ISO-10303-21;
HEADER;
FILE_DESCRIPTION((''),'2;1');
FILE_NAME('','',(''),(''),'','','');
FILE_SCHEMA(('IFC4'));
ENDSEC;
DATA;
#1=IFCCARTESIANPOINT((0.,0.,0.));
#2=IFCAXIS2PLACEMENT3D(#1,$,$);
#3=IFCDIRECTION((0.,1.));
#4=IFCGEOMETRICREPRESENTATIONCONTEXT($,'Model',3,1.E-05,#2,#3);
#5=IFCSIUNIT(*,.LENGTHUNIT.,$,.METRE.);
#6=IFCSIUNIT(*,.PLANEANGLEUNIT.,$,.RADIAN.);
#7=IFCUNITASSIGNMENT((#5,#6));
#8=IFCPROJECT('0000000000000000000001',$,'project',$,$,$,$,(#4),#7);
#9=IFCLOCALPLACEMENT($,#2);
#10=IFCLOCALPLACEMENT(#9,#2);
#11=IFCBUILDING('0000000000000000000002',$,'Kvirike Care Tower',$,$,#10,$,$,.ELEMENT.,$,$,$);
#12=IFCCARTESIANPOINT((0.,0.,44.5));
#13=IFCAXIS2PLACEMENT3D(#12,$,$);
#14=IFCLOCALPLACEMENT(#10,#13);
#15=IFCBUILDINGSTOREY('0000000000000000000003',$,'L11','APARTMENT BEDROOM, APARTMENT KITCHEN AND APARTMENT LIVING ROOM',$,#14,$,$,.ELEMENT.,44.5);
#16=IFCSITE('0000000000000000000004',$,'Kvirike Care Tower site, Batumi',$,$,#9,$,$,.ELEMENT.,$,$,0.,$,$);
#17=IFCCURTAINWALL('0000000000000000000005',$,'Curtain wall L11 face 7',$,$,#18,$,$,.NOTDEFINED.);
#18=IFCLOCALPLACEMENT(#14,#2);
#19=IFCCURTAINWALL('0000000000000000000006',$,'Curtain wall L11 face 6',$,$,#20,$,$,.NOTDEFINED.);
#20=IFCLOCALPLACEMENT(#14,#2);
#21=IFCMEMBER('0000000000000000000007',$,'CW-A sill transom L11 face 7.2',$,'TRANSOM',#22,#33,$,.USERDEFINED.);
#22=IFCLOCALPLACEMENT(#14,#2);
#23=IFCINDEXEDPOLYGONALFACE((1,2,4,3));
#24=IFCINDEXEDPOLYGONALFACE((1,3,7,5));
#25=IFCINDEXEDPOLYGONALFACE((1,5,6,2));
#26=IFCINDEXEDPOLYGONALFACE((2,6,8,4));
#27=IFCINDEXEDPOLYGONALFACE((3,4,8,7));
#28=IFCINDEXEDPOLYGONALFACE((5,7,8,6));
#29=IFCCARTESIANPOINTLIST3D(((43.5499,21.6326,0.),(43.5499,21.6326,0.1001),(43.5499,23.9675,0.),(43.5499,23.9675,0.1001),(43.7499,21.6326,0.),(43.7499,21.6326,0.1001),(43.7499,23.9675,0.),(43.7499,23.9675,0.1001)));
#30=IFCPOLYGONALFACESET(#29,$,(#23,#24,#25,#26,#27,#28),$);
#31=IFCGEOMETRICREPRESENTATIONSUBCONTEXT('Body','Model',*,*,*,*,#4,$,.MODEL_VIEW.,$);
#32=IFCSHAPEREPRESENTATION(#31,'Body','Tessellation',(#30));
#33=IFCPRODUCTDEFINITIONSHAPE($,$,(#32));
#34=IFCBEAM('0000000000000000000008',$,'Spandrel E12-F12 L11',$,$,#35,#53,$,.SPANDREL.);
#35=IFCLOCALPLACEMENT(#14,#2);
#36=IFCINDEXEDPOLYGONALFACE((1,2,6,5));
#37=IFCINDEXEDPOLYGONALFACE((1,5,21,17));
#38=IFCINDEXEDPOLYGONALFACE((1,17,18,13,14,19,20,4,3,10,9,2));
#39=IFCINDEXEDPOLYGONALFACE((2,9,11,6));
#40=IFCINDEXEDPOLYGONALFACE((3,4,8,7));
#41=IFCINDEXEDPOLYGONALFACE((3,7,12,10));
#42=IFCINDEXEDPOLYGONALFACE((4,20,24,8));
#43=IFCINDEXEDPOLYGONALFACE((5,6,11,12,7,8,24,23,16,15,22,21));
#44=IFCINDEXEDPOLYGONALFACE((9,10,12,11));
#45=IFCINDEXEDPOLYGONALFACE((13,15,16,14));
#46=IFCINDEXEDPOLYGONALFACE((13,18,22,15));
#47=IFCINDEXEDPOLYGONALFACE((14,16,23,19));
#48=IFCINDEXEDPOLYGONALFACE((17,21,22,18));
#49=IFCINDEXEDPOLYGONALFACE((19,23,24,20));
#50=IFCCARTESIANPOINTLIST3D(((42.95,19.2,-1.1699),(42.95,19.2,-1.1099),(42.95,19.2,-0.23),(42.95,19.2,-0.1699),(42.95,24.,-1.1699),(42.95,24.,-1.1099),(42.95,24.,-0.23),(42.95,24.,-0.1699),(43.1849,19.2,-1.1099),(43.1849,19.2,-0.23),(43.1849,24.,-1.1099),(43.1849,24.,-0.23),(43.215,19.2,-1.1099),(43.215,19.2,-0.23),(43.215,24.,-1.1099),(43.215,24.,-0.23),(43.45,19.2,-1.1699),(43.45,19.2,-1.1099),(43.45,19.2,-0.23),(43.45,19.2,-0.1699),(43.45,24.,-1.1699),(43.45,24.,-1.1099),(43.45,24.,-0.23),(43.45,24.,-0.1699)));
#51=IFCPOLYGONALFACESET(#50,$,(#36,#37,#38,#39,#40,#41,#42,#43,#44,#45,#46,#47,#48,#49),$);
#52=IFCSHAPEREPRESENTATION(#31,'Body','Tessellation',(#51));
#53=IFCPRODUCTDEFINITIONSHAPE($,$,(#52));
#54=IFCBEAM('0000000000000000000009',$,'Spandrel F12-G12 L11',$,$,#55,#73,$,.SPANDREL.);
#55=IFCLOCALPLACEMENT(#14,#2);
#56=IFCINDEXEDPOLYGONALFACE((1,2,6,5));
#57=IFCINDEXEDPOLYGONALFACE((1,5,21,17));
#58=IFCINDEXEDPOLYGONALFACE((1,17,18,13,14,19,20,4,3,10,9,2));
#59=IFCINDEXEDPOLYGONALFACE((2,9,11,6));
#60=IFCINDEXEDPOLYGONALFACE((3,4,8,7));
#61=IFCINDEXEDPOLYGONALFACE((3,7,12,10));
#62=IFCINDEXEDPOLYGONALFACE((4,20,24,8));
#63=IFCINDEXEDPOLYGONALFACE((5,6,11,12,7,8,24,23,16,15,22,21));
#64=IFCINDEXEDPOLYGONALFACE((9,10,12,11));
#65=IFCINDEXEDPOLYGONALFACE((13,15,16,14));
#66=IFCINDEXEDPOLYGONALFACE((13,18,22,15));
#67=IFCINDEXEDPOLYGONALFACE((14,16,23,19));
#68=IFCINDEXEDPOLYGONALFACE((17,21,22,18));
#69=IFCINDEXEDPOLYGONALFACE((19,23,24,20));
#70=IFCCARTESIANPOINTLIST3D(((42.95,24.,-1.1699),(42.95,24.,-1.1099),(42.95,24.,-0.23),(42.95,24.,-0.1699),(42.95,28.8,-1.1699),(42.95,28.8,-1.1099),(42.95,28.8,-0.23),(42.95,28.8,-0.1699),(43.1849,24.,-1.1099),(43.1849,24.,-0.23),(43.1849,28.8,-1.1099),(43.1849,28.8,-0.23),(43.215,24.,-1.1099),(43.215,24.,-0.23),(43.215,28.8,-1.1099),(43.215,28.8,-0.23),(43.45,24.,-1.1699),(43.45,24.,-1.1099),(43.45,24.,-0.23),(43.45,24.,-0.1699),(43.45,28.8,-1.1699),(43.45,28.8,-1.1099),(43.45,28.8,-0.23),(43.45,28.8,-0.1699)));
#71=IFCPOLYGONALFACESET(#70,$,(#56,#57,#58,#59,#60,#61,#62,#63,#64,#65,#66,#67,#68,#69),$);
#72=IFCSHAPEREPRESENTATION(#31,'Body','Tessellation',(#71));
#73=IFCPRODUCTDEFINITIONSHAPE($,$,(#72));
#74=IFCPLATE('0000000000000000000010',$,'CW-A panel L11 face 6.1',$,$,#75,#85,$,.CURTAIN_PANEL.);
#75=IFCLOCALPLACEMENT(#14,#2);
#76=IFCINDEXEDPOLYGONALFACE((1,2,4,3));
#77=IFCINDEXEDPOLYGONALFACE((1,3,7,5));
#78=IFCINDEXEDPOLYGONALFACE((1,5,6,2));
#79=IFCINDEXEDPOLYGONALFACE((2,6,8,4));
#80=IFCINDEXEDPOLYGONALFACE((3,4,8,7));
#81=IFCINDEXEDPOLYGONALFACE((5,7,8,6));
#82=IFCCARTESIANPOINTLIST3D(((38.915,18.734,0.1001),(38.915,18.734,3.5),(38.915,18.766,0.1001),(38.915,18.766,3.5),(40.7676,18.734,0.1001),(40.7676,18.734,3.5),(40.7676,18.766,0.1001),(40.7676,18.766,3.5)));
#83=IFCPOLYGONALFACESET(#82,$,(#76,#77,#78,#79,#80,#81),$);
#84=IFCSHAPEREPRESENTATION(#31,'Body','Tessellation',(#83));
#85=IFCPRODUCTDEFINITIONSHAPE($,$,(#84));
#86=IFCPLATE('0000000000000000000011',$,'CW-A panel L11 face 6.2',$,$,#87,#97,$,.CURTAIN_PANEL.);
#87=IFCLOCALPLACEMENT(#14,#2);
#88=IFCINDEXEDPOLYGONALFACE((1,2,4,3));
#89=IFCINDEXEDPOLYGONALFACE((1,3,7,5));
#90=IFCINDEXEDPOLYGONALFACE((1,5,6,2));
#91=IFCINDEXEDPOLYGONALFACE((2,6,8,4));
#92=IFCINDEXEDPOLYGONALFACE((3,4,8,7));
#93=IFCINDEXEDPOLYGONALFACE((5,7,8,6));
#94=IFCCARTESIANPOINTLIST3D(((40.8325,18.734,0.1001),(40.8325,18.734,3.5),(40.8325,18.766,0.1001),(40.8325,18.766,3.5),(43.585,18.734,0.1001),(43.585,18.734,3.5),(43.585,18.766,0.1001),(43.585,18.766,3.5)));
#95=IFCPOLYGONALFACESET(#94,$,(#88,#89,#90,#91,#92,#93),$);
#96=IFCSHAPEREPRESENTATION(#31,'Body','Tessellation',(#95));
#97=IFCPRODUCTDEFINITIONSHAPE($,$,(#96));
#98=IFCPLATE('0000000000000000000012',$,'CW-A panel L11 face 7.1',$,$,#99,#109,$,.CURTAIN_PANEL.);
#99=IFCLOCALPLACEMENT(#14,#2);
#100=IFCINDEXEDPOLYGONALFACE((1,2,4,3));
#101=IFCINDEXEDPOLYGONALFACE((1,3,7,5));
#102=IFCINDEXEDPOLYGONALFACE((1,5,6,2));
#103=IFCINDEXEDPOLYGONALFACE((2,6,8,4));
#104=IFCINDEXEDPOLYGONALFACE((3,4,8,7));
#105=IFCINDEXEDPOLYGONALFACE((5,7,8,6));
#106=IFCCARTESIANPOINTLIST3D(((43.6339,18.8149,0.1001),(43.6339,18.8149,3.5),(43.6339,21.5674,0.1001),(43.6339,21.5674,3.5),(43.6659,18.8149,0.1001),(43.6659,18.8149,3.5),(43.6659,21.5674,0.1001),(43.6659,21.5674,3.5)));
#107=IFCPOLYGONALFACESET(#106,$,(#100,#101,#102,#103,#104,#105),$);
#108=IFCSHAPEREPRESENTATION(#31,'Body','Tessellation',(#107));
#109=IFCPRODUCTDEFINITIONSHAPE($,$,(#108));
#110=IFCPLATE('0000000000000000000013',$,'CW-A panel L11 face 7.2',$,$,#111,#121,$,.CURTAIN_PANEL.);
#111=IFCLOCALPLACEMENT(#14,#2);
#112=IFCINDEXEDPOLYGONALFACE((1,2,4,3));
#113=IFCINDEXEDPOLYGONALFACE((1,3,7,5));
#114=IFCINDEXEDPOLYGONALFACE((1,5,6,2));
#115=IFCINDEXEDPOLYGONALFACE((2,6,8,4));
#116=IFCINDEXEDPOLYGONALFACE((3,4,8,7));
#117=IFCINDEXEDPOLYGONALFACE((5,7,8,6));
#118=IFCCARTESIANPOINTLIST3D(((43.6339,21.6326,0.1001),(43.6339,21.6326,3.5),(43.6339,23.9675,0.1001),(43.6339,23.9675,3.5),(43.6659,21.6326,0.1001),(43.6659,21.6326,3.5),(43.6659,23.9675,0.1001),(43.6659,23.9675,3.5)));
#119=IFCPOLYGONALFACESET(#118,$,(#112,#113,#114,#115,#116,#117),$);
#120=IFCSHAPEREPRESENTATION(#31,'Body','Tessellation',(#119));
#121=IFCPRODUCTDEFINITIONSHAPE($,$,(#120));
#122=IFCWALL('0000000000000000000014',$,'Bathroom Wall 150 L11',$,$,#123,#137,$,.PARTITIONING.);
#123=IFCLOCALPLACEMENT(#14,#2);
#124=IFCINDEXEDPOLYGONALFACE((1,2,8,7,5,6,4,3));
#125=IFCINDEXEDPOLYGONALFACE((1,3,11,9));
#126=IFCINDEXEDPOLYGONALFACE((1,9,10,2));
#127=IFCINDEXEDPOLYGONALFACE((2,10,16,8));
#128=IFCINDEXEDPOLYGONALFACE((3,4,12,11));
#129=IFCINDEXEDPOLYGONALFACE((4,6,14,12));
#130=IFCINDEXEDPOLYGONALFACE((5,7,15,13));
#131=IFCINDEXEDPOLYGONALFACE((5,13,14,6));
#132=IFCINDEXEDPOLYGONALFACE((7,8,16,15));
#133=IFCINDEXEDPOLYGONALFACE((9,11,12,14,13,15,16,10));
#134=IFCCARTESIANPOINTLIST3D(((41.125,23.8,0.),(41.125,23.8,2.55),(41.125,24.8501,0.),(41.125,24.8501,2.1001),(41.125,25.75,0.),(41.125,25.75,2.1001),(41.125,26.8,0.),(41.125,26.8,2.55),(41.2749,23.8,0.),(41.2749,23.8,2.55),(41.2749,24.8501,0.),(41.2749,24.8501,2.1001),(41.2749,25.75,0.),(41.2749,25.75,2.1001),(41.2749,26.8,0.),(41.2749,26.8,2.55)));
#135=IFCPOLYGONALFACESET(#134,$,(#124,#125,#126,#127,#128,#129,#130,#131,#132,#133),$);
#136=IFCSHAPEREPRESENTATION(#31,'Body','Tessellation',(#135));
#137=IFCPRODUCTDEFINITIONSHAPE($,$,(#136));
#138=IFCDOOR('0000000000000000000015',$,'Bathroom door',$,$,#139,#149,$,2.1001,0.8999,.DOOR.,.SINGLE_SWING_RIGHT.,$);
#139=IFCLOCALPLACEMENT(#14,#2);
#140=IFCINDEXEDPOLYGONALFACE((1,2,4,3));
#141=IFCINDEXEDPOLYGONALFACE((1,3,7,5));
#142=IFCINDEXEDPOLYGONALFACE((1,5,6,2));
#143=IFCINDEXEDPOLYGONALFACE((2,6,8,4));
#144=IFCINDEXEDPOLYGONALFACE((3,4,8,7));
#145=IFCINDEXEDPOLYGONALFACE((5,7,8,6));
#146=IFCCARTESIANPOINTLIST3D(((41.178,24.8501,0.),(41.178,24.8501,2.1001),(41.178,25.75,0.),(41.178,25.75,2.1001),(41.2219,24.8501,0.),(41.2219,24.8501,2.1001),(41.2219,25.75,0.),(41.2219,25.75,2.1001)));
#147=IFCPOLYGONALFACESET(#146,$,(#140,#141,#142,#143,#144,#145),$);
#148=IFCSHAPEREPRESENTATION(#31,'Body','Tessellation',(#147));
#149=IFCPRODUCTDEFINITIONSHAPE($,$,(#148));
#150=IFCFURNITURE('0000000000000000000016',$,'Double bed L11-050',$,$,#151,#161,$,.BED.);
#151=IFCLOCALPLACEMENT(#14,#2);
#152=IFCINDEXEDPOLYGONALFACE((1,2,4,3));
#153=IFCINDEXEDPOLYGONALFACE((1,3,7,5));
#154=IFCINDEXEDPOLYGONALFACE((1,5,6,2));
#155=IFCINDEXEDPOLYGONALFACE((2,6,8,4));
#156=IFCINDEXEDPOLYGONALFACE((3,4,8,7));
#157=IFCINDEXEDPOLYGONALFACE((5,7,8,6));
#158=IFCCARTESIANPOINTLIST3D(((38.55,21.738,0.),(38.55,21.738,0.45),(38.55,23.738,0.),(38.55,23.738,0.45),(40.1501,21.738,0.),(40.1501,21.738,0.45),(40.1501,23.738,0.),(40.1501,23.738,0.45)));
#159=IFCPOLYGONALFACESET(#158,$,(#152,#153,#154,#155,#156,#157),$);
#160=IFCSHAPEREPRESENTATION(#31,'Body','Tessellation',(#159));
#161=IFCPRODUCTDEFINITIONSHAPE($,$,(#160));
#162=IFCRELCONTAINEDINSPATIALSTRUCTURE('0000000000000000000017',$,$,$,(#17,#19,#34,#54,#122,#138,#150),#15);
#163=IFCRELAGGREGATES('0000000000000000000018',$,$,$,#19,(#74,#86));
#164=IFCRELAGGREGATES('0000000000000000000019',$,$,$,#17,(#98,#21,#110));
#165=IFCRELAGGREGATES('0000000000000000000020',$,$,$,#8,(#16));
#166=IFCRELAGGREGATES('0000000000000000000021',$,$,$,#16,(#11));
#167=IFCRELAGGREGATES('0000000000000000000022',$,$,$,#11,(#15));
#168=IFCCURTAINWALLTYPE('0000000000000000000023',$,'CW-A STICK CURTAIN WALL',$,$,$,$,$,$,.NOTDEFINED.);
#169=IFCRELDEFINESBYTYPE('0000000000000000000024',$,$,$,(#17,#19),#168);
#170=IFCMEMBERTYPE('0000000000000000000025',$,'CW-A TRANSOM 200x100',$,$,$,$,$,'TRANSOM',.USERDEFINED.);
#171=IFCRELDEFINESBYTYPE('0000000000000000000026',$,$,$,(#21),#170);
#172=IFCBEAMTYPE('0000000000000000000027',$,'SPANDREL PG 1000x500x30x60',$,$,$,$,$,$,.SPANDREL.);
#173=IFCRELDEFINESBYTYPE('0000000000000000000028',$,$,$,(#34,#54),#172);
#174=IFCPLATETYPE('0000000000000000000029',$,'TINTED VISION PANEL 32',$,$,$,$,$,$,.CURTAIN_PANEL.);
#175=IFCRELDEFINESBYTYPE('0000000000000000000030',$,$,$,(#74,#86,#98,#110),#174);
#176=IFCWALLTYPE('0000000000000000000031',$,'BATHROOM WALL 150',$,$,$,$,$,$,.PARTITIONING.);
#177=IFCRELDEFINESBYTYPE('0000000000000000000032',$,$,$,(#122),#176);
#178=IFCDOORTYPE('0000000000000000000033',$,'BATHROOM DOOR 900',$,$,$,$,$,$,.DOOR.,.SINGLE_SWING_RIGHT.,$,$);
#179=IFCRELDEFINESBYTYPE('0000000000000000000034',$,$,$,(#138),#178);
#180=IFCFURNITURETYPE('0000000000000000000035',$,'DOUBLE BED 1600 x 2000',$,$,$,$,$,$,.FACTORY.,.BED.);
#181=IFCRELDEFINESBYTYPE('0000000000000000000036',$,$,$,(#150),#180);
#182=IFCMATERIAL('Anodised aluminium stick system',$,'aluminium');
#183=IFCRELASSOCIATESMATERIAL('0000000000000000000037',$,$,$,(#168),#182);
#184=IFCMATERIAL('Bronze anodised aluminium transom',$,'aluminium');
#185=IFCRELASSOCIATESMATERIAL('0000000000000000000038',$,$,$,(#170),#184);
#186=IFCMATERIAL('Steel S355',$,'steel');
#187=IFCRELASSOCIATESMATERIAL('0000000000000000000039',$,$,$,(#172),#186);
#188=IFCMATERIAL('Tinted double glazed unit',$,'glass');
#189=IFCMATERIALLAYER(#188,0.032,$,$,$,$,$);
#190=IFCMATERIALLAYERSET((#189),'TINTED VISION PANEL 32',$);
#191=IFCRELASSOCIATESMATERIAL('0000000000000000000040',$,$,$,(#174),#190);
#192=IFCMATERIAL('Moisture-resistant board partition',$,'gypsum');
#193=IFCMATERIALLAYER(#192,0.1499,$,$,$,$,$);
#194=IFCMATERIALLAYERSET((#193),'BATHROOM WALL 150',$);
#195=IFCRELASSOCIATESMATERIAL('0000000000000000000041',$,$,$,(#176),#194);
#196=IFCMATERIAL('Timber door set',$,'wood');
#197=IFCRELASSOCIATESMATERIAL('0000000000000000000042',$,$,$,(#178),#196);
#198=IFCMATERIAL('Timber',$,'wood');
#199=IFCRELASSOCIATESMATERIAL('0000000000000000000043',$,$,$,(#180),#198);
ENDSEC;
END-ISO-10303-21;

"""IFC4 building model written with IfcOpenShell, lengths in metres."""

from ifc_helpers import new_model, si_unit, direction, frame, frame_2d, origin, origin_2d, place, context, subcontext, project, spatial, rectangle, i_section, extrude, material, layer, layer_set, material_profile, profile_set, type_object, element, fill, aggregate, save


model = new_model("IFC4")

# Units and contexts
model_context = context("Model", 3, precision=1e-05, world=origin(), true_north=direction((0.0, 1.0)))
body_context = subcontext(model_context, "Body", "Model", "MODEL_VIEW")
ifc_project = project(units=[si_unit("LENGTHUNIT", "METRE"), si_unit("PLANEANGLEUNIT", "RADIAN")], contexts=[model_context])

# Site, building, storey
site_placement = place(None, origin())
site = spatial("IfcSite", under=ifc_project, at=site_placement, Name="Kvirike Care Tower site, Batumi", CompositionType="ELEMENT", RefElevation=0.0)
building_placement = place(site_placement, origin())
building = spatial("IfcBuilding", under=site, at=building_placement, Name="Kvirike Care Tower", CompositionType="ELEMENT")
storey_placement = place(building_placement, frame((0.0, 0.0, 44.5)))
storey = spatial("IfcBuildingStorey", under=building, at=storey_placement, Name="L11", Description="APARTMENT BEDROOM, APARTMENT KITCHEN AND APARTMENT LIVING ROOM", CompositionType="ELEMENT", Elevation=44.5)

# Curtain wall
ifc_material_1 = material(Name="Anodised aluminium stick system", Category="aluminium")
curtain_wall_type = type_object("IfcCurtainWallType", Name="CW-A STICK CURTAIN WALL", PredefinedType="NOTDEFINED", material=ifc_material_1)
curtain_wall_1_placement = place(storey_placement, origin())
curtain_wall_1 = element("IfcCurtainWall", 1, at=curtain_wall_1_placement, inside=storey, type_object=curtain_wall_type, Name="Curtain wall L11 face 7", PredefinedType="NOTDEFINED")

# Curtain wall
curtain_wall_2_placement = place(storey_placement, origin())
curtain_wall_2 = element("IfcCurtainWall", 2, at=curtain_wall_2_placement, inside=storey, type_object=curtain_wall_type, Name="Curtain wall L11 face 6", PredefinedType="NOTDEFINED")

# Member
ifc_material_2 = material(Name="Bronze anodised aluminium transom", Category="aluminium")
ifc_material_profile_1 = material_profile(ifc_material_2, rectangle(XDim=0.2, YDim=0.1001, at=origin_2d()), Name="CW-A TRANSOM 200x100")
ifc_profile_set_1 = profile_set([ifc_material_profile_1], Name="Bronze anodised aluminium transom")
member_type_1 = type_object("IfcMemberType", Name="CW-A TRANSOM 200x100", ElementType="TRANSOM", PredefinedType="USERDEFINED", material=ifc_profile_set_1)
member_1_placement = place(storey_placement, frame((43.6499, 21.6326, 0.05), z_axis=(0.0, 1.0, 0.0), x_axis=(-1.0, 0.0, 0.0)))
member_1 = element("IfcMember", 3, at=member_1_placement, type_object=member_type_1, Name="CW-A sill transom L11 face 7.2", ObjectType="TRANSOM", PredefinedType="USERDEFINED", context=body_context, shape_type="SweptSolid", body=[
    extrude(rectangle(XDim=0.2, YDim=0.1001, at=origin_2d()), origin(), (0.0, 0.0, 1.0), 2.335),
])

# Beams
ifc_material_3 = material(Name="Steel S355", Category="steel")
ifc_material_profile_2 = material_profile(ifc_material_3, i_section(OverallWidth=0.5, OverallDepth=1.0, WebThickness=0.03, FlangeThickness=0.0601, at=origin_2d()), Name="PG 1000x500x30x60")
ifc_profile_set_2 = profile_set([ifc_material_profile_2], Name="Steel S355")
beam_type = type_object("IfcBeamType", Name="SPANDREL PG 1000x500x30x60", PredefinedType="SPANDREL", material=ifc_profile_set_2)
for number, where, z_axis, x_axis, name in (
    (4, (43.2, 19.2, -0.6699), (0.0, 1.0, 0.0), (-1.0, 0.0, 0.0), "Spandrel E12-F12 L11"),
    (5, (43.2, 24.0, -0.6699), (0.0, 1.0, 0.0), (-1.0, 0.0, 0.0), "Spandrel F12-G12 L11"),
):
    element("IfcBeam", number, at=place(storey_placement, frame(where, z_axis=z_axis, x_axis=x_axis)), inside=storey, type_object=beam_type, Name=name, PredefinedType="SPANDREL", context=body_context, shape_type="SweptSolid", body=[
        extrude(i_section(OverallWidth=0.5, OverallDepth=1.0, WebThickness=0.03, FlangeThickness=0.0601, at=origin_2d()), origin(), (0.0, 0.0, 1.0), 4.8),
    ])

# Plates
ifc_material_4 = material(Name="Tinted double glazed unit", Category="glass")
ifc_layer_1 = layer(ifc_material_4, 0.032)
ifc_layer_set_1 = layer_set([ifc_layer_1], Name="TINTED VISION PANEL 32")
plate_type = type_object("IfcPlateType", Name="TINTED VISION PANEL 32", PredefinedType="CURTAIN_PANEL", material=ifc_layer_set_1)
plate_1_placement = place(storey_placement, frame((39.8413, 18.75, 0.1001), z_axis=(0.0, 0.0, 1.0), x_axis=(1.0, 0.0, 0.0)))
plate_1 = element("IfcPlate", 6, at=plate_1_placement, type_object=plate_type, Name="CW-A panel L11 face 6.1", PredefinedType="CURTAIN_PANEL", context=body_context, shape_type="SweptSolid", body=[
    extrude(rectangle(XDim=1.8525, YDim=0.032, at=origin_2d()), origin(), (0.0, 0.0, 1.0), 3.3999),
])
plate_2_placement = place(storey_placement, frame((42.2087, 18.75, 0.1001), z_axis=(0.0, 0.0, 1.0), x_axis=(1.0, 0.0, 0.0)))
plate_2 = element("IfcPlate", 7, at=plate_2_placement, type_object=plate_type, Name="CW-A panel L11 face 6.2", PredefinedType="CURTAIN_PANEL", context=body_context, shape_type="SweptSolid", body=[
    extrude(rectangle(XDim=2.7524, YDim=0.032, at=origin_2d()), origin(), (0.0, 0.0, 1.0), 3.3999),
])
aggregate(curtain_wall_2, [plate_1, plate_2])
plate_3_placement = place(storey_placement, frame((43.6499, 20.1912, 0.1001), z_axis=(0.0, 0.0, 1.0), x_axis=(0.0, 1.0, 0.0)))
plate_3 = element("IfcPlate", 8, at=plate_3_placement, type_object=plate_type, Name="CW-A panel L11 face 7.1", PredefinedType="CURTAIN_PANEL", context=body_context, shape_type="SweptSolid", body=[
    extrude(rectangle(XDim=2.7524, YDim=0.032, at=origin_2d()), origin(), (0.0, 0.0, 1.0), 3.3999),
])
plate_4_placement = place(storey_placement, frame((43.6499, 22.8, 0.1001), z_axis=(0.0, 0.0, 1.0), x_axis=(0.0, 1.0, 0.0)))
plate_4 = element("IfcPlate", 9, at=plate_4_placement, type_object=plate_type, Name="CW-A panel L11 face 7.2", PredefinedType="CURTAIN_PANEL", context=body_context, shape_type="SweptSolid", body=[
    extrude(rectangle(XDim=2.335, YDim=0.032, at=origin_2d()), origin(), (0.0, 0.0, 1.0), 3.3999),
])
aggregate(curtain_wall_1, [plate_3, member_1, plate_4])

# Wall, opening, door
ifc_material_5 = material(Name="Moisture-resistant board partition", Category="gypsum")
ifc_layer_2 = layer(ifc_material_5, 0.1499)
ifc_layer_set_2 = layer_set([ifc_layer_2], Name="BATHROOM WALL 150")
wall_type = type_object("IfcWallType", Name="BATHROOM WALL 150", PredefinedType="PARTITIONING", material=ifc_layer_set_2)
wall_placement = place(storey_placement, frame((41.2, 23.8, 0.0), z_axis=(0.0, 0.0, 1.0), x_axis=(0.0, 1.0, 0.0)))
wall = element("IfcWall", 10, at=wall_placement, inside=storey, type_object=wall_type, Name="Bathroom Wall 150 L11", PredefinedType="PARTITIONING", context=body_context, shape_type="SweptSolid", body=[
    extrude(rectangle(XDim=3.0, YDim=0.1499, at=frame_2d((1.5, 0.0))), origin(), (0.0, 0.0, 1.0), 2.55),
])
opening_placement = place(wall_placement, frame((1.05, 0.0, 0.0)))
opening = element("IfcOpeningElement", 11, at=opening_placement, cuts=wall, PredefinedType="OPENING", context=body_context, shape_type="SweptSolid", body=[
    extrude(rectangle(XDim=0.8999, YDim=2.1001, at=frame_2d((0.45, 1.05))), frame((0.0, 0.0854, 0.0), z_axis=(0.0, -1.0, 0.0), x_axis=(1.0, 0.0, 0.0)), (0.0, 0.0, 1.0), 0.1709),
])
ifc_material_6 = material(Name="Timber door set", Category="wood")
door_type = type_object("IfcDoorType", Name="BATHROOM DOOR 900", OperationType="SINGLE_SWING_RIGHT", PredefinedType="DOOR", material=ifc_material_6)
door_placement = place(opening_placement, origin())
door = element("IfcDoor", 12, at=door_placement, inside=storey, type_object=door_type, Name="Bathroom door", OperationType="SINGLE_SWING_RIGHT", OverallHeight=2.1001, OverallWidth=0.8999, PredefinedType="DOOR", context=body_context, shape_type="SweptSolid", body=[
    extrude(rectangle(XDim=0.8999, YDim=2.1001, at=frame_2d((0.45, 1.05))), frame((0.0, 0.022, 0.0), z_axis=(0.0, -1.0, 0.0), x_axis=(1.0, 0.0, 0.0)), (0.0, 0.0, 1.0), 0.0439),
])
fill(opening, door)

# Furniture
ifc_material_7 = material(Name="Timber", Category="wood")
furniture_type = type_object("IfcFurnitureType", Name="DOUBLE BED 1600 x 2000", AssemblyPlace="FACTORY", PredefinedType="BED", material=ifc_material_7)
furniture_placement = place(storey_placement, frame((39.3501, 22.738, 0.0), z_axis=(0.0, 0.0, 1.0), x_axis=(1.0, 0.0, 0.0)))
element("IfcFurniture", 13, at=furniture_placement, inside=storey, type_object=furniture_type, Name="Double bed L11-050", PredefinedType="BED", context=body_context, shape_type="SweptSolid", body=[
    extrude(rectangle(XDim=1.6001, YDim=2.0, at=origin_2d()), origin(), (0.0, 0.0, 1.0), 0.45),
])

save(model, "model.ifc")
